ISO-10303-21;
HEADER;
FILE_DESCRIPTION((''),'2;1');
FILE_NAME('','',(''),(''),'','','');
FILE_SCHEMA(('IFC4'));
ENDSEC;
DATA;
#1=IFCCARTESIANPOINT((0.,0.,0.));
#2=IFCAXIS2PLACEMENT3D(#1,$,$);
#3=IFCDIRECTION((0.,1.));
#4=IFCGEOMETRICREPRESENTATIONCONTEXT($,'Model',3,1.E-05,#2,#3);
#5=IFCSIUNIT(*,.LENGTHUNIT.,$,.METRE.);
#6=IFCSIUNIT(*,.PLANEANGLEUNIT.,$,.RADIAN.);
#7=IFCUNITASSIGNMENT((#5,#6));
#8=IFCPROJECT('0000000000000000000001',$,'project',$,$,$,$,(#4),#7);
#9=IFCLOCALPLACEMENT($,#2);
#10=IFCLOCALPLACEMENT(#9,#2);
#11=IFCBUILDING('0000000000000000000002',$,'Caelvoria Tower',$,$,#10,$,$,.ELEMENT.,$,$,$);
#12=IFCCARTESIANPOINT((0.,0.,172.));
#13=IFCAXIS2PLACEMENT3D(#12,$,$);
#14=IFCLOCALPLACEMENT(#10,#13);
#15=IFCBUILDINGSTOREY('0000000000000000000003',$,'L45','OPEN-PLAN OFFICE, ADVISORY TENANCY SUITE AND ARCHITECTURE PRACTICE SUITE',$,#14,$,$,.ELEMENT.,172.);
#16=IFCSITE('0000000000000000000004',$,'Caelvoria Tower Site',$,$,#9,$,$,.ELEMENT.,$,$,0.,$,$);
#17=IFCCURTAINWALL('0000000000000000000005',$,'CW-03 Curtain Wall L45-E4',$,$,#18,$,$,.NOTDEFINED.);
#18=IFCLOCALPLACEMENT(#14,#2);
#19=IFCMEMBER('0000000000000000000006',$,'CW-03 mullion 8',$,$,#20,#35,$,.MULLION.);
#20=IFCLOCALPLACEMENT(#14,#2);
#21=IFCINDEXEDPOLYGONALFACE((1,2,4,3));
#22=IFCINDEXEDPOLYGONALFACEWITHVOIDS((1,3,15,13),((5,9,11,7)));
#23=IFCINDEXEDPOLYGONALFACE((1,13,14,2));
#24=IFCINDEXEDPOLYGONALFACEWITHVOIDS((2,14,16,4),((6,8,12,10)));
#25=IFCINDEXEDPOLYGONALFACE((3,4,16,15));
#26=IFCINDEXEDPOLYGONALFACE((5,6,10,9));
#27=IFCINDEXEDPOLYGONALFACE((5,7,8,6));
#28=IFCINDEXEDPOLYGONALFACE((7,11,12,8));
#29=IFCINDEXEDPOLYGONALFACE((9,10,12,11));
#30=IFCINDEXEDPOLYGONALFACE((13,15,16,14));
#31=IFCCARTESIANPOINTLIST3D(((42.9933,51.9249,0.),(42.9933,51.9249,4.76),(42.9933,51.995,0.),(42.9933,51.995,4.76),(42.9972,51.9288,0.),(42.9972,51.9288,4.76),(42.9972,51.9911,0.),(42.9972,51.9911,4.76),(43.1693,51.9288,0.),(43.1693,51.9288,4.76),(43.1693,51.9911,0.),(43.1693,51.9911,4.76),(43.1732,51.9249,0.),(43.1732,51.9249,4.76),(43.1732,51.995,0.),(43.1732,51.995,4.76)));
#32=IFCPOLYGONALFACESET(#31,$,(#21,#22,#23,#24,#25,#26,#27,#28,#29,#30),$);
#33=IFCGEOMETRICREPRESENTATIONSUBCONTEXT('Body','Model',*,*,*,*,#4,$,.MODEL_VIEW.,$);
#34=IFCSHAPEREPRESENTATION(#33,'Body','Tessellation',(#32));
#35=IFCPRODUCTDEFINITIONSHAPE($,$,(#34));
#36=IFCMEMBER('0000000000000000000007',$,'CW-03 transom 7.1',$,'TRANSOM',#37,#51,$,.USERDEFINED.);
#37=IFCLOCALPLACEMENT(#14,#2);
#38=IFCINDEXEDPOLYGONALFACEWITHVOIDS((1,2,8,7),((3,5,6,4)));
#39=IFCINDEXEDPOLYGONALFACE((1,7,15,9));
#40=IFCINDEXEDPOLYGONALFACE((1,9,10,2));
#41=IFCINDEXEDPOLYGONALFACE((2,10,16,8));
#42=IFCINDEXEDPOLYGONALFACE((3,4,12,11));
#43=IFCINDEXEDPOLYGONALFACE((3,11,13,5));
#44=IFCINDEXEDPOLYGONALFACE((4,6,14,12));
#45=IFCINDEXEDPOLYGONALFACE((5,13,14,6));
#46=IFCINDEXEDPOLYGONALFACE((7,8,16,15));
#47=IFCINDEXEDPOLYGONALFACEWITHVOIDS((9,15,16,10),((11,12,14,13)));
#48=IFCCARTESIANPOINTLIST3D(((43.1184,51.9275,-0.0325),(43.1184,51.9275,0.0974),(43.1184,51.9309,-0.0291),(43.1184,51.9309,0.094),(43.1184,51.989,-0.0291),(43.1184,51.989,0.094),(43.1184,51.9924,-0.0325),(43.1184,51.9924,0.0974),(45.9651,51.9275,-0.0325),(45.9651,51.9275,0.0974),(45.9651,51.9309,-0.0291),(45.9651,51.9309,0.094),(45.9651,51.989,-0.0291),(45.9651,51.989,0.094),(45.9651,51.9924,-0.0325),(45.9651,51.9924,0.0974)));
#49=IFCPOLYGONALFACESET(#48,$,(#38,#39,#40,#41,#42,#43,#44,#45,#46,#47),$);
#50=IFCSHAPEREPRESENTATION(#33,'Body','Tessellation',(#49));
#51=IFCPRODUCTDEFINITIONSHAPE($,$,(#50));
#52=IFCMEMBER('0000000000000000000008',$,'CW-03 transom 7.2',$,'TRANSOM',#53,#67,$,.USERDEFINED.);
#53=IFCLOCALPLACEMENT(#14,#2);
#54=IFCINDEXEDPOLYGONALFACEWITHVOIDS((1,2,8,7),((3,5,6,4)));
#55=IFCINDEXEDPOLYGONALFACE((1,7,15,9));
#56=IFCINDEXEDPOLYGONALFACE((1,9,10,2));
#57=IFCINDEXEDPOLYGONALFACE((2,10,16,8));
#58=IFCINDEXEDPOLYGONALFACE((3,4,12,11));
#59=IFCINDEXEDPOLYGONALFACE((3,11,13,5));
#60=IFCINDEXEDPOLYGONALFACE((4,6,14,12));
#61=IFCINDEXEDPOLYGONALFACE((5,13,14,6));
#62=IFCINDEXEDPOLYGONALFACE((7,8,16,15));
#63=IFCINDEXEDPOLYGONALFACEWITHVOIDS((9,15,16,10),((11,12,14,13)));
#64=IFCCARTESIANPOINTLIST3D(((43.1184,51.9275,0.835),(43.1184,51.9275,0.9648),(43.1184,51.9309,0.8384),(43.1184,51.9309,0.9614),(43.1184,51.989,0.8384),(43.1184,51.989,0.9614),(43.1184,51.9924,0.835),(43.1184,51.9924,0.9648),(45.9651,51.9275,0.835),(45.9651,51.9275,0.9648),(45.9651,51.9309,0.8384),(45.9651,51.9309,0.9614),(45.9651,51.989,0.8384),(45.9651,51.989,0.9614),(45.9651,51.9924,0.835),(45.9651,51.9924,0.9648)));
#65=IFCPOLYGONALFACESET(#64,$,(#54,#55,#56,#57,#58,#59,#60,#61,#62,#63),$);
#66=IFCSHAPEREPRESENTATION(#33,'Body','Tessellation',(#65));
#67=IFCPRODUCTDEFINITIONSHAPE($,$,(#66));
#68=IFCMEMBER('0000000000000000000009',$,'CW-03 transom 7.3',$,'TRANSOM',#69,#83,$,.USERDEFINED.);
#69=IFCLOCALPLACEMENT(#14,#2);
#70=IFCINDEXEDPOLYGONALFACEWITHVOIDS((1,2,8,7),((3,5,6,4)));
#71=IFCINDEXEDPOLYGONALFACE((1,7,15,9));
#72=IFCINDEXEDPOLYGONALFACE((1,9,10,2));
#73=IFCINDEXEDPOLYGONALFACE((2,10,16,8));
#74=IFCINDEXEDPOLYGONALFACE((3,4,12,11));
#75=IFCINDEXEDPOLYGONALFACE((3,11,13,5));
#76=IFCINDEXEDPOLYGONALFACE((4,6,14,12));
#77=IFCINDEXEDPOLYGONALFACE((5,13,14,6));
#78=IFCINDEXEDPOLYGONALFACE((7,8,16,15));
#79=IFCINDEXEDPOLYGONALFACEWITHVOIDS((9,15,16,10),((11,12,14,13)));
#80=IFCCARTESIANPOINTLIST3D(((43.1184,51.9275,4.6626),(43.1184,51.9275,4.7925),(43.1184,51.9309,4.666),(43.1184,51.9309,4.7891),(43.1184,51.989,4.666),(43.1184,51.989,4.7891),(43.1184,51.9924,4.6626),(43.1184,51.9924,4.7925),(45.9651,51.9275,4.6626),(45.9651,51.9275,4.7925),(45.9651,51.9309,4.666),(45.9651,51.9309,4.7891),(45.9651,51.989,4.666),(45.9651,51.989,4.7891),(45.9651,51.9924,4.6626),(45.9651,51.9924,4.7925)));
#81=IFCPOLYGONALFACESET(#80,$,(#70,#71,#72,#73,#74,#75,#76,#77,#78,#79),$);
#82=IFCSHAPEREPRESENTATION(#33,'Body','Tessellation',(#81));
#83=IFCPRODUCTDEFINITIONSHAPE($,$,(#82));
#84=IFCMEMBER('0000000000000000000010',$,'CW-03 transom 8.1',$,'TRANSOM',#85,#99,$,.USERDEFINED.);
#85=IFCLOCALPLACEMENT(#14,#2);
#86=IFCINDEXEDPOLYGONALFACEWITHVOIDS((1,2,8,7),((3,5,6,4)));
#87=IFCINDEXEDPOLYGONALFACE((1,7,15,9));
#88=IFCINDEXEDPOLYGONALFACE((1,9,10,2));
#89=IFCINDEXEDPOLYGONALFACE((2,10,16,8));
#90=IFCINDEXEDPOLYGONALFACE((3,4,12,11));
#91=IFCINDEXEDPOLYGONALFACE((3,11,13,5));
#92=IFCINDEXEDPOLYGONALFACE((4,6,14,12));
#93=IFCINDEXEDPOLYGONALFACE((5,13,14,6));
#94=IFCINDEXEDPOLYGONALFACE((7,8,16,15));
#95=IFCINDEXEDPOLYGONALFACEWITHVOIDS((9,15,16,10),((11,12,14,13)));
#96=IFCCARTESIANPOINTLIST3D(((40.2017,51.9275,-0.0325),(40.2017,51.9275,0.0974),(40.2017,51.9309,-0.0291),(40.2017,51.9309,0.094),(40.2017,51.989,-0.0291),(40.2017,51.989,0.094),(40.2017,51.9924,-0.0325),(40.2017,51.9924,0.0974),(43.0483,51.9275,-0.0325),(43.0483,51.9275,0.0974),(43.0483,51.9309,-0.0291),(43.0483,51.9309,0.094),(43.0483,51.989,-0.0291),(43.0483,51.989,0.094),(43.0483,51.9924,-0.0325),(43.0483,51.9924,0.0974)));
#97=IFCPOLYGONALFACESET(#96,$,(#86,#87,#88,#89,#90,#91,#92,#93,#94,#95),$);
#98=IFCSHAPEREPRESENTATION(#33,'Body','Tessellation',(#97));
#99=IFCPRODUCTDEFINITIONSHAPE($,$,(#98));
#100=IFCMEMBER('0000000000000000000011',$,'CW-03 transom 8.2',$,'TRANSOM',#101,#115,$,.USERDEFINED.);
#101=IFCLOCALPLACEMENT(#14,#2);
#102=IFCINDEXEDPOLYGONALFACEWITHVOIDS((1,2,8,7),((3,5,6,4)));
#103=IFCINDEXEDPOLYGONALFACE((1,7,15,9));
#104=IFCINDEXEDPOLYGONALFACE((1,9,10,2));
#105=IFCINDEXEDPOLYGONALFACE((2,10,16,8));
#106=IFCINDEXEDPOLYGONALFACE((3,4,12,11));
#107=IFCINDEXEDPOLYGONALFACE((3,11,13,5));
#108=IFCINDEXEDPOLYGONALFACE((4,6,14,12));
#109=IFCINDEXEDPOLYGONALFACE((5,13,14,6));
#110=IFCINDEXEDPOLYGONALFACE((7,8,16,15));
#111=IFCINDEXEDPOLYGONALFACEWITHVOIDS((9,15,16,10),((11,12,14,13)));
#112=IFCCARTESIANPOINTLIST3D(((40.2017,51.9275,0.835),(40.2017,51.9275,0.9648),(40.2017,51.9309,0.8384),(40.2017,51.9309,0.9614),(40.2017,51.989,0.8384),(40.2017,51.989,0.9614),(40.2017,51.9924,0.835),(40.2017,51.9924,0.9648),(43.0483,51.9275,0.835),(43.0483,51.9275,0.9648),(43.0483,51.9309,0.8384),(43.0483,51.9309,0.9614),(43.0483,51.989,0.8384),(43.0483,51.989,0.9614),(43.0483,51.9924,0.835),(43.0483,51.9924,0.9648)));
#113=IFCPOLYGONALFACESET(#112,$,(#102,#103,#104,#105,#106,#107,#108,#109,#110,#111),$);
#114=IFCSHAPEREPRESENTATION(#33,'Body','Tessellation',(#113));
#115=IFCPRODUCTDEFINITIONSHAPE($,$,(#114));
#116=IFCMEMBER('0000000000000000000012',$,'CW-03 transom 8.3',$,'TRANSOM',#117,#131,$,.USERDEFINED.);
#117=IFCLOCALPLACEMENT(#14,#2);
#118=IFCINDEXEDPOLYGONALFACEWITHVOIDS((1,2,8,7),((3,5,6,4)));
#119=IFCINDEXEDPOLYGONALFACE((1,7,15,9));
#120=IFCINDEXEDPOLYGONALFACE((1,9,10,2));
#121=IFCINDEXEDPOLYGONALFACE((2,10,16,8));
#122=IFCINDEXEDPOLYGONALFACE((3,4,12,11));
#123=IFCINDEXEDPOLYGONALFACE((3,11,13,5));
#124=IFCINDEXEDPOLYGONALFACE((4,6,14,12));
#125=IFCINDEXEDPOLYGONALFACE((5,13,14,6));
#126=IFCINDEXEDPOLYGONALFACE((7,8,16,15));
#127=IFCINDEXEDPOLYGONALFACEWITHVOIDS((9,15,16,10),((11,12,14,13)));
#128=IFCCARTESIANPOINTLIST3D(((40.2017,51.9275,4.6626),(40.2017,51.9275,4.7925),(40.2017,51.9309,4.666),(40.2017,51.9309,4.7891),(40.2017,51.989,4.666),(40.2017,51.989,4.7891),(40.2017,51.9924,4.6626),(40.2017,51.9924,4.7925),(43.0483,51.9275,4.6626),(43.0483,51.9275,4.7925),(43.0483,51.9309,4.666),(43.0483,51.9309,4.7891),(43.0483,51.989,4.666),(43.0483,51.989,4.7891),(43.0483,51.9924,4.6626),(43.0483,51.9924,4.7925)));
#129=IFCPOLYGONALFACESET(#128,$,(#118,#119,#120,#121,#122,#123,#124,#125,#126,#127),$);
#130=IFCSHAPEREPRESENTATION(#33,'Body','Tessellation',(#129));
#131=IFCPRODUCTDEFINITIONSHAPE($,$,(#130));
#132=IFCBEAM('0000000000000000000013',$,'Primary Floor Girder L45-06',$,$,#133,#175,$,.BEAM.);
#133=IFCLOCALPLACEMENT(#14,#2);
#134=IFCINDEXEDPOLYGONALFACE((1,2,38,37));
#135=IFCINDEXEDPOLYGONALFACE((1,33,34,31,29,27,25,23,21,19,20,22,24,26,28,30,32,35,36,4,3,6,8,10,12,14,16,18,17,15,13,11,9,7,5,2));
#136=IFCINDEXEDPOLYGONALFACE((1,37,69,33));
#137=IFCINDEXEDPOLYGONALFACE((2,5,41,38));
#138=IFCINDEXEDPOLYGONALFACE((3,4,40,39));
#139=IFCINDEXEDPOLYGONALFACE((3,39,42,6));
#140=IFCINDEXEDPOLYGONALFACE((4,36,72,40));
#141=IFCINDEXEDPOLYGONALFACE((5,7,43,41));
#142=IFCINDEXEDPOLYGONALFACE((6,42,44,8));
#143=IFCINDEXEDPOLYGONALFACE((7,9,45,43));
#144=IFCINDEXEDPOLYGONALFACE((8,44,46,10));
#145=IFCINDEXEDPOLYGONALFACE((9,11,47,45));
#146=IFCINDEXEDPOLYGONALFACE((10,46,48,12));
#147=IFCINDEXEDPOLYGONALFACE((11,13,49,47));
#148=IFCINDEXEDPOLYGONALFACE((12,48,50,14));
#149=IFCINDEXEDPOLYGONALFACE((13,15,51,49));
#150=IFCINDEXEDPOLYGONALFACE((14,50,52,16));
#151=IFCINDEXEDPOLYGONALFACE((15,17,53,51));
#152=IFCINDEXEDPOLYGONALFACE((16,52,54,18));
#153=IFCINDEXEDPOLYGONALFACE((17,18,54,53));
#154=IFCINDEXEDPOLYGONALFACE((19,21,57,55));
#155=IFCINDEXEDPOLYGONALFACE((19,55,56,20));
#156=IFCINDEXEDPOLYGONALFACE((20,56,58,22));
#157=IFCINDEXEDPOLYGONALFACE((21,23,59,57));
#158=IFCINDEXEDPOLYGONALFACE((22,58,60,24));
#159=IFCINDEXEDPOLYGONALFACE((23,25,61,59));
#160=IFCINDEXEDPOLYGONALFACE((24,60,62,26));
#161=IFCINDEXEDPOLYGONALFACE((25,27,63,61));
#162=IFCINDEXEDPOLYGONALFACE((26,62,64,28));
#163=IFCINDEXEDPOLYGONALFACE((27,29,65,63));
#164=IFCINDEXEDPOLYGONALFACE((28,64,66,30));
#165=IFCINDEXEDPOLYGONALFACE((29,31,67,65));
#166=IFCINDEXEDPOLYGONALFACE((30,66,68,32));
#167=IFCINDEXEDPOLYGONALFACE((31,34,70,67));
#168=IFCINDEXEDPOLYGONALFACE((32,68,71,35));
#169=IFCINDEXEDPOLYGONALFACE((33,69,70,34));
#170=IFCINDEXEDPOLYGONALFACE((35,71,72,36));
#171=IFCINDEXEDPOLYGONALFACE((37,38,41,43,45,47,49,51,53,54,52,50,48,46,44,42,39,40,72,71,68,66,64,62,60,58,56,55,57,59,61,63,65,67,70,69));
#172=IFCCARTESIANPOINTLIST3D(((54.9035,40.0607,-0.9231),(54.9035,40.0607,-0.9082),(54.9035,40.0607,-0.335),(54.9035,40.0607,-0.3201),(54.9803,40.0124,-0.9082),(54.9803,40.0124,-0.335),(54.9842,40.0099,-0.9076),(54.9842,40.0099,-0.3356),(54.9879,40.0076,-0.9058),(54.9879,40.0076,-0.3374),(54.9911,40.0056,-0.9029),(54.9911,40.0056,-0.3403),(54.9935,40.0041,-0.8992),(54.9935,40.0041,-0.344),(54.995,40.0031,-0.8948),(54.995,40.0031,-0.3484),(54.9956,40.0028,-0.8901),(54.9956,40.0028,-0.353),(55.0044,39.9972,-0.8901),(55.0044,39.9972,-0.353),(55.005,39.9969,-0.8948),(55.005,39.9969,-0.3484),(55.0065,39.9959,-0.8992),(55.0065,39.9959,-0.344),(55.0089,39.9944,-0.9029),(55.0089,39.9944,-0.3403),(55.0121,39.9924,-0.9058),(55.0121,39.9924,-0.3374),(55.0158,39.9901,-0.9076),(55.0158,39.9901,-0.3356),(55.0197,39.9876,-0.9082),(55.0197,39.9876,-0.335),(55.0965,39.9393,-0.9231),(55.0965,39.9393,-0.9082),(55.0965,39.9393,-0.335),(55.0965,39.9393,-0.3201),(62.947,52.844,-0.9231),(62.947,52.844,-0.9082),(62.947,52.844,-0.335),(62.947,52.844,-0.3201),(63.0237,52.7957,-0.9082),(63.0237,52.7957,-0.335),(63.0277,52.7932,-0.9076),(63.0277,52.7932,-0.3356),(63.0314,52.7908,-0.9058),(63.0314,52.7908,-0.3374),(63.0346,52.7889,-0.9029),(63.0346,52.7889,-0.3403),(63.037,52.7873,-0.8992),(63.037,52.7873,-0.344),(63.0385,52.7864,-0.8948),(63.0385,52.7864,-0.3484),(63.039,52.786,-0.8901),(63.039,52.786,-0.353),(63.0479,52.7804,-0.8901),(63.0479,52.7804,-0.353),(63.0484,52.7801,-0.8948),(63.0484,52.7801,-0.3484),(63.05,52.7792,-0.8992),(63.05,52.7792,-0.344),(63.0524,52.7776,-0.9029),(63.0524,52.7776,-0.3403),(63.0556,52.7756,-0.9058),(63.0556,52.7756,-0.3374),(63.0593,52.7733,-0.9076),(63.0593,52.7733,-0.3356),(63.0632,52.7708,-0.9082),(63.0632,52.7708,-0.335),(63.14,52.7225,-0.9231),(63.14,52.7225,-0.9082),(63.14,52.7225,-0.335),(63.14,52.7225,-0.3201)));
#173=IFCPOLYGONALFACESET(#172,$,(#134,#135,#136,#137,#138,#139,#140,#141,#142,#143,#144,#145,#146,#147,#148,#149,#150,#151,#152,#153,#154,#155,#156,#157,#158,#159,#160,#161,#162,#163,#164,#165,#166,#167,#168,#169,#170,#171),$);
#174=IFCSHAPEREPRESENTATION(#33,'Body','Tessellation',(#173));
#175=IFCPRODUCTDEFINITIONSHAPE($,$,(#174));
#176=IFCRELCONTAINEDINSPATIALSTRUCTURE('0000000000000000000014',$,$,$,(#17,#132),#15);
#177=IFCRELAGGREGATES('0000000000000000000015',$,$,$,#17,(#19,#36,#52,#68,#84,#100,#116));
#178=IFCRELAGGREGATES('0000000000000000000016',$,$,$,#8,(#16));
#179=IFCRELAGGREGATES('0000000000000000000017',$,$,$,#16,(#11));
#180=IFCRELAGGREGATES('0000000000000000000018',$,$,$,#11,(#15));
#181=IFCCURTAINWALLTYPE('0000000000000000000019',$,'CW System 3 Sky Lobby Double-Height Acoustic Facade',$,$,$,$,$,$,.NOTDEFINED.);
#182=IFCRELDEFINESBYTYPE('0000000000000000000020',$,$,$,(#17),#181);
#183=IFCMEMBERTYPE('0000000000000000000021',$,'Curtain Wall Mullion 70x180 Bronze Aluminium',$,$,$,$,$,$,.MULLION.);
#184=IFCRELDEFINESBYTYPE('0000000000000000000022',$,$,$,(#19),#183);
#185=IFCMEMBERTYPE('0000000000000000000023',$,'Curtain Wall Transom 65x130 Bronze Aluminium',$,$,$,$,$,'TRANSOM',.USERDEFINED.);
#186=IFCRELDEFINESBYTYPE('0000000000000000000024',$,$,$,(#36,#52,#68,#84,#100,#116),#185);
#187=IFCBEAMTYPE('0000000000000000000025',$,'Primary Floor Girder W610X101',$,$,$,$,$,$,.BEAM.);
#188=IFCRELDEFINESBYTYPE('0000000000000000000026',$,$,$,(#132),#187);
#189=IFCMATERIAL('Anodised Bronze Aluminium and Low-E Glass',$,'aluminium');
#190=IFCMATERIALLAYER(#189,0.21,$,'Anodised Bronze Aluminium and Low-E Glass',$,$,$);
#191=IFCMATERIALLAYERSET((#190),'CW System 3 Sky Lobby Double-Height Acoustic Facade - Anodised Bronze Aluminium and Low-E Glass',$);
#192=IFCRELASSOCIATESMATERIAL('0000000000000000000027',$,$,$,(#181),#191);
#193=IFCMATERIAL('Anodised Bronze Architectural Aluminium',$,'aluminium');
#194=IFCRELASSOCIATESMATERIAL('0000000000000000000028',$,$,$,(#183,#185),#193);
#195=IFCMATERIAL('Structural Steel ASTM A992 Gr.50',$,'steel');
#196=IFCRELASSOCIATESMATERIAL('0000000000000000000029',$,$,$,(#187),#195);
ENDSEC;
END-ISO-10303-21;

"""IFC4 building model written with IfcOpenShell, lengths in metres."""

from ifc_helpers import new_model, si_unit, direction, frame, origin, origin_2d, place, context, subcontext, project, spatial, hollow_rectangle, i_section, extrude, material, layer, layer_set, material_profile, profile_set, type_object, element, aggregate, save


model = new_model("IFC4")

# Units and contexts
model_context = context("Model", 3, precision=1e-05, world=origin(), true_north=direction((0.0, 1.0)))
body_context = subcontext(model_context, "Body", "Model", "MODEL_VIEW")
ifc_project = project(units=[si_unit("LENGTHUNIT", "METRE"), si_unit("PLANEANGLEUNIT", "RADIAN")], contexts=[model_context])

# Site, building, storey
site_placement = place(None, origin())
site = spatial("IfcSite", under=ifc_project, at=site_placement, Name="Caelvoria Tower Site", CompositionType="ELEMENT", RefElevation=0.0)
building_placement = place(site_placement, origin())
building = spatial("IfcBuilding", under=site, at=building_placement, Name="Caelvoria Tower", CompositionType="ELEMENT")
storey_placement = place(building_placement, frame((0.0, 0.0, 172.0)))
storey = spatial("IfcBuildingStorey", under=building, at=storey_placement, Name="L45", Description="OPEN-PLAN OFFICE, ADVISORY TENANCY SUITE AND ARCHITECTURE PRACTICE SUITE", CompositionType="ELEMENT", Elevation=172.0)

# Curtain wall, members
ifc_material_1 = material(Name="Anodised Bronze Aluminium and Low-E Glass", Category="aluminium")
ifc_layer_1 = layer(ifc_material_1, 0.21, Name="Anodised Bronze Aluminium and Low-E Glass")
ifc_layer_set_1 = layer_set([ifc_layer_1], Name="CW System 3 Sky Lobby Double-Height Acoustic Facade - Anodised Bronze Aluminium and Low-E Glass")
curtain_wall_type = type_object("IfcCurtainWallType", Name="CW System 3 Sky Lobby Double-Height Acoustic Facade", PredefinedType="NOTDEFINED", material=ifc_layer_set_1)
curtain_wall_placement = place(storey_placement, origin())
curtain_wall = element("IfcCurtainWall", 1, at=curtain_wall_placement, inside=storey, type_object=curtain_wall_type, Name="CW-03 Curtain Wall L45-E4", PredefinedType="NOTDEFINED")
ifc_material_2 = material(Name="Anodised Bronze Architectural Aluminium", Category="aluminium")
ifc_material_profile_1 = material_profile(ifc_material_2, hollow_rectangle(XDim=0.0701, YDim=0.1799, WallThickness=0.0039, at=origin_2d()), Name="Anodised Bronze Architectural Aluminium")
ifc_profile_set_1 = profile_set([ifc_material_profile_1], Name="CW_MULL_70X180 - Anodised Bronze Architectural Aluminium")
member_type_1 = type_object("IfcMemberType", Name="Curtain Wall Mullion 70x180 Bronze Aluminium", PredefinedType="MULLION", material=ifc_profile_set_1)
member_1_placement = place(storey_placement, frame((43.0833, 51.96, 0.0), z_axis=(0.0, 0.0, 1.0), x_axis=(0.0, -1.0, 0.0)))
member_1 = element("IfcMember", 2, at=member_1_placement, type_object=member_type_1, Name="CW-03 mullion 8", PredefinedType="MULLION", context=body_context, shape_type="SweptSolid", body=[
    extrude(hollow_rectangle(XDim=0.0701, YDim=0.1799, WallThickness=0.0039, at=origin_2d()), origin(), (0.0, 0.0, 1.0), 4.76),
])
ifc_material_profile_2 = material_profile(ifc_material_2, hollow_rectangle(XDim=0.0649, YDim=0.1299, WallThickness=0.0034, at=origin_2d()), Name="Anodised Bronze Architectural Aluminium")
ifc_profile_set_2 = profile_set([ifc_material_profile_2], Name="CW_TRAN_65X130 - Anodised Bronze Architectural Aluminium")
member_type_2 = type_object("IfcMemberType", Name="Curtain Wall Transom 65x130 Bronze Aluminium", ElementType="TRANSOM", PredefinedType="USERDEFINED", material=ifc_profile_set_2)
member_2_placement = place(storey_placement, frame((45.9651, 51.96, 0.0325), z_axis=(-1.0, 0.0, 0.0), x_axis=(0.0, -1.0, 0.0)))
member_2 = element("IfcMember", 3, at=member_2_placement, type_object=member_type_2, Name="CW-03 transom 7.1", ObjectType="TRANSOM", PredefinedType="USERDEFINED", context=body_context, shape_type="SweptSolid", body=[
    extrude(hollow_rectangle(XDim=0.0649, YDim=0.1299, WallThickness=0.0034, at=origin_2d()), origin(), (0.0, 0.0, 1.0), 2.8467),
])
member_3_placement = place(storey_placement, frame((45.9651, 51.96, 0.8999), z_axis=(-1.0, 0.0, 0.0), x_axis=(0.0, -1.0, 0.0)))
member_3 = element("IfcMember", 4, at=member_3_placement, type_object=member_type_2, Name="CW-03 transom 7.2", ObjectType="TRANSOM", PredefinedType="USERDEFINED", context=body_context, shape_type="SweptSolid", body=[
    extrude(hollow_rectangle(XDim=0.0649, YDim=0.1299, WallThickness=0.0034, at=origin_2d()), origin(), (0.0, 0.0, 1.0), 2.8467),
])
member_4_placement = place(storey_placement, frame((45.9651, 51.96, 4.7275), z_axis=(-1.0, 0.0, 0.0), x_axis=(0.0, -1.0, 0.0)))
member_4 = element("IfcMember", 5, at=member_4_placement, type_object=member_type_2, Name="CW-03 transom 7.3", ObjectType="TRANSOM", PredefinedType="USERDEFINED", context=body_context, shape_type="SweptSolid", body=[
    extrude(hollow_rectangle(XDim=0.0649, YDim=0.1299, WallThickness=0.0034, at=origin_2d()), origin(), (0.0, 0.0, 1.0), 2.8467),
])
member_5_placement = place(storey_placement, frame((43.0483, 51.96, 0.0325), z_axis=(-1.0, 0.0, 0.0), x_axis=(0.0, -1.0, 0.0)))
member_5 = element("IfcMember", 6, at=member_5_placement, type_object=member_type_2, Name="CW-03 transom 8.1", ObjectType="TRANSOM", PredefinedType="USERDEFINED", context=body_context, shape_type="SweptSolid", body=[
    extrude(hollow_rectangle(XDim=0.0649, YDim=0.1299, WallThickness=0.0034, at=origin_2d()), origin(), (0.0, 0.0, 1.0), 2.8467),
])
member_6_placement = place(storey_placement, frame((43.0483, 51.96, 0.8999), z_axis=(-1.0, 0.0, 0.0), x_axis=(0.0, -1.0, 0.0)))
member_6 = element("IfcMember", 7, at=member_6_placement, type_object=member_type_2, Name="CW-03 transom 8.2", ObjectType="TRANSOM", PredefinedType="USERDEFINED", context=body_context, shape_type="SweptSolid", body=[
    extrude(hollow_rectangle(XDim=0.0649, YDim=0.1299, WallThickness=0.0034, at=origin_2d()), origin(), (0.0, 0.0, 1.0), 2.8467),
])
member_7_placement = place(storey_placement, frame((43.0483, 51.96, 4.7275), z_axis=(-1.0, 0.0, 0.0), x_axis=(0.0, -1.0, 0.0)))
member_7 = element("IfcMember", 8, at=member_7_placement, type_object=member_type_2, Name="CW-03 transom 8.3", ObjectType="TRANSOM", PredefinedType="USERDEFINED", context=body_context, shape_type="SweptSolid", body=[
    extrude(hollow_rectangle(XDim=0.0649, YDim=0.1299, WallThickness=0.0034, at=origin_2d()), origin(), (0.0, 0.0, 1.0), 2.8467),
])

# Beam
ifc_material_3 = material(Name="Structural Steel ASTM A992 Gr.50", Category="steel")
ifc_material_profile_3 = material_profile(ifc_material_3, i_section(OverallWidth=0.228, OverallDepth=0.603, WebThickness=0.0105, FlangeThickness=0.0149, FilletRadius=0.0181, at=origin_2d()), Name="Structural Steel ASTM A992 Gr.50")
ifc_profile_set_3 = profile_set([ifc_material_profile_3], Name="W610X101 - Structural Steel ASTM A992 Gr.50")
beam_type_1 = type_object("IfcBeamType", Name="Primary Floor Girder W610X101", PredefinedType="BEAM", material=ifc_profile_set_3)
beam_1_placement = place(storey_placement, frame((55.0, 40.0, -0.6216), z_axis=(0.532565, 0.846389, 0.0), x_axis=(-0.846389, 0.532565, 0.0)))
element("IfcBeam", 9, at=beam_1_placement, inside=storey, type_object=beam_type_1, Name="Primary Floor Girder L45-06", PredefinedType="BEAM", context=body_context, shape_type="SweptSolid", body=[
    extrude(i_section(OverallWidth=0.228, OverallDepth=0.603, WebThickness=0.0105, FlangeThickness=0.0149, FilletRadius=0.0181, at=origin_2d()), origin(), (0.0, 0.0, 1.0), 15.1033),
])

aggregate(curtain_wall, [member_1, member_2, member_3, member_4, member_5, member_6, member_7])

save(model, "model.ifc")
